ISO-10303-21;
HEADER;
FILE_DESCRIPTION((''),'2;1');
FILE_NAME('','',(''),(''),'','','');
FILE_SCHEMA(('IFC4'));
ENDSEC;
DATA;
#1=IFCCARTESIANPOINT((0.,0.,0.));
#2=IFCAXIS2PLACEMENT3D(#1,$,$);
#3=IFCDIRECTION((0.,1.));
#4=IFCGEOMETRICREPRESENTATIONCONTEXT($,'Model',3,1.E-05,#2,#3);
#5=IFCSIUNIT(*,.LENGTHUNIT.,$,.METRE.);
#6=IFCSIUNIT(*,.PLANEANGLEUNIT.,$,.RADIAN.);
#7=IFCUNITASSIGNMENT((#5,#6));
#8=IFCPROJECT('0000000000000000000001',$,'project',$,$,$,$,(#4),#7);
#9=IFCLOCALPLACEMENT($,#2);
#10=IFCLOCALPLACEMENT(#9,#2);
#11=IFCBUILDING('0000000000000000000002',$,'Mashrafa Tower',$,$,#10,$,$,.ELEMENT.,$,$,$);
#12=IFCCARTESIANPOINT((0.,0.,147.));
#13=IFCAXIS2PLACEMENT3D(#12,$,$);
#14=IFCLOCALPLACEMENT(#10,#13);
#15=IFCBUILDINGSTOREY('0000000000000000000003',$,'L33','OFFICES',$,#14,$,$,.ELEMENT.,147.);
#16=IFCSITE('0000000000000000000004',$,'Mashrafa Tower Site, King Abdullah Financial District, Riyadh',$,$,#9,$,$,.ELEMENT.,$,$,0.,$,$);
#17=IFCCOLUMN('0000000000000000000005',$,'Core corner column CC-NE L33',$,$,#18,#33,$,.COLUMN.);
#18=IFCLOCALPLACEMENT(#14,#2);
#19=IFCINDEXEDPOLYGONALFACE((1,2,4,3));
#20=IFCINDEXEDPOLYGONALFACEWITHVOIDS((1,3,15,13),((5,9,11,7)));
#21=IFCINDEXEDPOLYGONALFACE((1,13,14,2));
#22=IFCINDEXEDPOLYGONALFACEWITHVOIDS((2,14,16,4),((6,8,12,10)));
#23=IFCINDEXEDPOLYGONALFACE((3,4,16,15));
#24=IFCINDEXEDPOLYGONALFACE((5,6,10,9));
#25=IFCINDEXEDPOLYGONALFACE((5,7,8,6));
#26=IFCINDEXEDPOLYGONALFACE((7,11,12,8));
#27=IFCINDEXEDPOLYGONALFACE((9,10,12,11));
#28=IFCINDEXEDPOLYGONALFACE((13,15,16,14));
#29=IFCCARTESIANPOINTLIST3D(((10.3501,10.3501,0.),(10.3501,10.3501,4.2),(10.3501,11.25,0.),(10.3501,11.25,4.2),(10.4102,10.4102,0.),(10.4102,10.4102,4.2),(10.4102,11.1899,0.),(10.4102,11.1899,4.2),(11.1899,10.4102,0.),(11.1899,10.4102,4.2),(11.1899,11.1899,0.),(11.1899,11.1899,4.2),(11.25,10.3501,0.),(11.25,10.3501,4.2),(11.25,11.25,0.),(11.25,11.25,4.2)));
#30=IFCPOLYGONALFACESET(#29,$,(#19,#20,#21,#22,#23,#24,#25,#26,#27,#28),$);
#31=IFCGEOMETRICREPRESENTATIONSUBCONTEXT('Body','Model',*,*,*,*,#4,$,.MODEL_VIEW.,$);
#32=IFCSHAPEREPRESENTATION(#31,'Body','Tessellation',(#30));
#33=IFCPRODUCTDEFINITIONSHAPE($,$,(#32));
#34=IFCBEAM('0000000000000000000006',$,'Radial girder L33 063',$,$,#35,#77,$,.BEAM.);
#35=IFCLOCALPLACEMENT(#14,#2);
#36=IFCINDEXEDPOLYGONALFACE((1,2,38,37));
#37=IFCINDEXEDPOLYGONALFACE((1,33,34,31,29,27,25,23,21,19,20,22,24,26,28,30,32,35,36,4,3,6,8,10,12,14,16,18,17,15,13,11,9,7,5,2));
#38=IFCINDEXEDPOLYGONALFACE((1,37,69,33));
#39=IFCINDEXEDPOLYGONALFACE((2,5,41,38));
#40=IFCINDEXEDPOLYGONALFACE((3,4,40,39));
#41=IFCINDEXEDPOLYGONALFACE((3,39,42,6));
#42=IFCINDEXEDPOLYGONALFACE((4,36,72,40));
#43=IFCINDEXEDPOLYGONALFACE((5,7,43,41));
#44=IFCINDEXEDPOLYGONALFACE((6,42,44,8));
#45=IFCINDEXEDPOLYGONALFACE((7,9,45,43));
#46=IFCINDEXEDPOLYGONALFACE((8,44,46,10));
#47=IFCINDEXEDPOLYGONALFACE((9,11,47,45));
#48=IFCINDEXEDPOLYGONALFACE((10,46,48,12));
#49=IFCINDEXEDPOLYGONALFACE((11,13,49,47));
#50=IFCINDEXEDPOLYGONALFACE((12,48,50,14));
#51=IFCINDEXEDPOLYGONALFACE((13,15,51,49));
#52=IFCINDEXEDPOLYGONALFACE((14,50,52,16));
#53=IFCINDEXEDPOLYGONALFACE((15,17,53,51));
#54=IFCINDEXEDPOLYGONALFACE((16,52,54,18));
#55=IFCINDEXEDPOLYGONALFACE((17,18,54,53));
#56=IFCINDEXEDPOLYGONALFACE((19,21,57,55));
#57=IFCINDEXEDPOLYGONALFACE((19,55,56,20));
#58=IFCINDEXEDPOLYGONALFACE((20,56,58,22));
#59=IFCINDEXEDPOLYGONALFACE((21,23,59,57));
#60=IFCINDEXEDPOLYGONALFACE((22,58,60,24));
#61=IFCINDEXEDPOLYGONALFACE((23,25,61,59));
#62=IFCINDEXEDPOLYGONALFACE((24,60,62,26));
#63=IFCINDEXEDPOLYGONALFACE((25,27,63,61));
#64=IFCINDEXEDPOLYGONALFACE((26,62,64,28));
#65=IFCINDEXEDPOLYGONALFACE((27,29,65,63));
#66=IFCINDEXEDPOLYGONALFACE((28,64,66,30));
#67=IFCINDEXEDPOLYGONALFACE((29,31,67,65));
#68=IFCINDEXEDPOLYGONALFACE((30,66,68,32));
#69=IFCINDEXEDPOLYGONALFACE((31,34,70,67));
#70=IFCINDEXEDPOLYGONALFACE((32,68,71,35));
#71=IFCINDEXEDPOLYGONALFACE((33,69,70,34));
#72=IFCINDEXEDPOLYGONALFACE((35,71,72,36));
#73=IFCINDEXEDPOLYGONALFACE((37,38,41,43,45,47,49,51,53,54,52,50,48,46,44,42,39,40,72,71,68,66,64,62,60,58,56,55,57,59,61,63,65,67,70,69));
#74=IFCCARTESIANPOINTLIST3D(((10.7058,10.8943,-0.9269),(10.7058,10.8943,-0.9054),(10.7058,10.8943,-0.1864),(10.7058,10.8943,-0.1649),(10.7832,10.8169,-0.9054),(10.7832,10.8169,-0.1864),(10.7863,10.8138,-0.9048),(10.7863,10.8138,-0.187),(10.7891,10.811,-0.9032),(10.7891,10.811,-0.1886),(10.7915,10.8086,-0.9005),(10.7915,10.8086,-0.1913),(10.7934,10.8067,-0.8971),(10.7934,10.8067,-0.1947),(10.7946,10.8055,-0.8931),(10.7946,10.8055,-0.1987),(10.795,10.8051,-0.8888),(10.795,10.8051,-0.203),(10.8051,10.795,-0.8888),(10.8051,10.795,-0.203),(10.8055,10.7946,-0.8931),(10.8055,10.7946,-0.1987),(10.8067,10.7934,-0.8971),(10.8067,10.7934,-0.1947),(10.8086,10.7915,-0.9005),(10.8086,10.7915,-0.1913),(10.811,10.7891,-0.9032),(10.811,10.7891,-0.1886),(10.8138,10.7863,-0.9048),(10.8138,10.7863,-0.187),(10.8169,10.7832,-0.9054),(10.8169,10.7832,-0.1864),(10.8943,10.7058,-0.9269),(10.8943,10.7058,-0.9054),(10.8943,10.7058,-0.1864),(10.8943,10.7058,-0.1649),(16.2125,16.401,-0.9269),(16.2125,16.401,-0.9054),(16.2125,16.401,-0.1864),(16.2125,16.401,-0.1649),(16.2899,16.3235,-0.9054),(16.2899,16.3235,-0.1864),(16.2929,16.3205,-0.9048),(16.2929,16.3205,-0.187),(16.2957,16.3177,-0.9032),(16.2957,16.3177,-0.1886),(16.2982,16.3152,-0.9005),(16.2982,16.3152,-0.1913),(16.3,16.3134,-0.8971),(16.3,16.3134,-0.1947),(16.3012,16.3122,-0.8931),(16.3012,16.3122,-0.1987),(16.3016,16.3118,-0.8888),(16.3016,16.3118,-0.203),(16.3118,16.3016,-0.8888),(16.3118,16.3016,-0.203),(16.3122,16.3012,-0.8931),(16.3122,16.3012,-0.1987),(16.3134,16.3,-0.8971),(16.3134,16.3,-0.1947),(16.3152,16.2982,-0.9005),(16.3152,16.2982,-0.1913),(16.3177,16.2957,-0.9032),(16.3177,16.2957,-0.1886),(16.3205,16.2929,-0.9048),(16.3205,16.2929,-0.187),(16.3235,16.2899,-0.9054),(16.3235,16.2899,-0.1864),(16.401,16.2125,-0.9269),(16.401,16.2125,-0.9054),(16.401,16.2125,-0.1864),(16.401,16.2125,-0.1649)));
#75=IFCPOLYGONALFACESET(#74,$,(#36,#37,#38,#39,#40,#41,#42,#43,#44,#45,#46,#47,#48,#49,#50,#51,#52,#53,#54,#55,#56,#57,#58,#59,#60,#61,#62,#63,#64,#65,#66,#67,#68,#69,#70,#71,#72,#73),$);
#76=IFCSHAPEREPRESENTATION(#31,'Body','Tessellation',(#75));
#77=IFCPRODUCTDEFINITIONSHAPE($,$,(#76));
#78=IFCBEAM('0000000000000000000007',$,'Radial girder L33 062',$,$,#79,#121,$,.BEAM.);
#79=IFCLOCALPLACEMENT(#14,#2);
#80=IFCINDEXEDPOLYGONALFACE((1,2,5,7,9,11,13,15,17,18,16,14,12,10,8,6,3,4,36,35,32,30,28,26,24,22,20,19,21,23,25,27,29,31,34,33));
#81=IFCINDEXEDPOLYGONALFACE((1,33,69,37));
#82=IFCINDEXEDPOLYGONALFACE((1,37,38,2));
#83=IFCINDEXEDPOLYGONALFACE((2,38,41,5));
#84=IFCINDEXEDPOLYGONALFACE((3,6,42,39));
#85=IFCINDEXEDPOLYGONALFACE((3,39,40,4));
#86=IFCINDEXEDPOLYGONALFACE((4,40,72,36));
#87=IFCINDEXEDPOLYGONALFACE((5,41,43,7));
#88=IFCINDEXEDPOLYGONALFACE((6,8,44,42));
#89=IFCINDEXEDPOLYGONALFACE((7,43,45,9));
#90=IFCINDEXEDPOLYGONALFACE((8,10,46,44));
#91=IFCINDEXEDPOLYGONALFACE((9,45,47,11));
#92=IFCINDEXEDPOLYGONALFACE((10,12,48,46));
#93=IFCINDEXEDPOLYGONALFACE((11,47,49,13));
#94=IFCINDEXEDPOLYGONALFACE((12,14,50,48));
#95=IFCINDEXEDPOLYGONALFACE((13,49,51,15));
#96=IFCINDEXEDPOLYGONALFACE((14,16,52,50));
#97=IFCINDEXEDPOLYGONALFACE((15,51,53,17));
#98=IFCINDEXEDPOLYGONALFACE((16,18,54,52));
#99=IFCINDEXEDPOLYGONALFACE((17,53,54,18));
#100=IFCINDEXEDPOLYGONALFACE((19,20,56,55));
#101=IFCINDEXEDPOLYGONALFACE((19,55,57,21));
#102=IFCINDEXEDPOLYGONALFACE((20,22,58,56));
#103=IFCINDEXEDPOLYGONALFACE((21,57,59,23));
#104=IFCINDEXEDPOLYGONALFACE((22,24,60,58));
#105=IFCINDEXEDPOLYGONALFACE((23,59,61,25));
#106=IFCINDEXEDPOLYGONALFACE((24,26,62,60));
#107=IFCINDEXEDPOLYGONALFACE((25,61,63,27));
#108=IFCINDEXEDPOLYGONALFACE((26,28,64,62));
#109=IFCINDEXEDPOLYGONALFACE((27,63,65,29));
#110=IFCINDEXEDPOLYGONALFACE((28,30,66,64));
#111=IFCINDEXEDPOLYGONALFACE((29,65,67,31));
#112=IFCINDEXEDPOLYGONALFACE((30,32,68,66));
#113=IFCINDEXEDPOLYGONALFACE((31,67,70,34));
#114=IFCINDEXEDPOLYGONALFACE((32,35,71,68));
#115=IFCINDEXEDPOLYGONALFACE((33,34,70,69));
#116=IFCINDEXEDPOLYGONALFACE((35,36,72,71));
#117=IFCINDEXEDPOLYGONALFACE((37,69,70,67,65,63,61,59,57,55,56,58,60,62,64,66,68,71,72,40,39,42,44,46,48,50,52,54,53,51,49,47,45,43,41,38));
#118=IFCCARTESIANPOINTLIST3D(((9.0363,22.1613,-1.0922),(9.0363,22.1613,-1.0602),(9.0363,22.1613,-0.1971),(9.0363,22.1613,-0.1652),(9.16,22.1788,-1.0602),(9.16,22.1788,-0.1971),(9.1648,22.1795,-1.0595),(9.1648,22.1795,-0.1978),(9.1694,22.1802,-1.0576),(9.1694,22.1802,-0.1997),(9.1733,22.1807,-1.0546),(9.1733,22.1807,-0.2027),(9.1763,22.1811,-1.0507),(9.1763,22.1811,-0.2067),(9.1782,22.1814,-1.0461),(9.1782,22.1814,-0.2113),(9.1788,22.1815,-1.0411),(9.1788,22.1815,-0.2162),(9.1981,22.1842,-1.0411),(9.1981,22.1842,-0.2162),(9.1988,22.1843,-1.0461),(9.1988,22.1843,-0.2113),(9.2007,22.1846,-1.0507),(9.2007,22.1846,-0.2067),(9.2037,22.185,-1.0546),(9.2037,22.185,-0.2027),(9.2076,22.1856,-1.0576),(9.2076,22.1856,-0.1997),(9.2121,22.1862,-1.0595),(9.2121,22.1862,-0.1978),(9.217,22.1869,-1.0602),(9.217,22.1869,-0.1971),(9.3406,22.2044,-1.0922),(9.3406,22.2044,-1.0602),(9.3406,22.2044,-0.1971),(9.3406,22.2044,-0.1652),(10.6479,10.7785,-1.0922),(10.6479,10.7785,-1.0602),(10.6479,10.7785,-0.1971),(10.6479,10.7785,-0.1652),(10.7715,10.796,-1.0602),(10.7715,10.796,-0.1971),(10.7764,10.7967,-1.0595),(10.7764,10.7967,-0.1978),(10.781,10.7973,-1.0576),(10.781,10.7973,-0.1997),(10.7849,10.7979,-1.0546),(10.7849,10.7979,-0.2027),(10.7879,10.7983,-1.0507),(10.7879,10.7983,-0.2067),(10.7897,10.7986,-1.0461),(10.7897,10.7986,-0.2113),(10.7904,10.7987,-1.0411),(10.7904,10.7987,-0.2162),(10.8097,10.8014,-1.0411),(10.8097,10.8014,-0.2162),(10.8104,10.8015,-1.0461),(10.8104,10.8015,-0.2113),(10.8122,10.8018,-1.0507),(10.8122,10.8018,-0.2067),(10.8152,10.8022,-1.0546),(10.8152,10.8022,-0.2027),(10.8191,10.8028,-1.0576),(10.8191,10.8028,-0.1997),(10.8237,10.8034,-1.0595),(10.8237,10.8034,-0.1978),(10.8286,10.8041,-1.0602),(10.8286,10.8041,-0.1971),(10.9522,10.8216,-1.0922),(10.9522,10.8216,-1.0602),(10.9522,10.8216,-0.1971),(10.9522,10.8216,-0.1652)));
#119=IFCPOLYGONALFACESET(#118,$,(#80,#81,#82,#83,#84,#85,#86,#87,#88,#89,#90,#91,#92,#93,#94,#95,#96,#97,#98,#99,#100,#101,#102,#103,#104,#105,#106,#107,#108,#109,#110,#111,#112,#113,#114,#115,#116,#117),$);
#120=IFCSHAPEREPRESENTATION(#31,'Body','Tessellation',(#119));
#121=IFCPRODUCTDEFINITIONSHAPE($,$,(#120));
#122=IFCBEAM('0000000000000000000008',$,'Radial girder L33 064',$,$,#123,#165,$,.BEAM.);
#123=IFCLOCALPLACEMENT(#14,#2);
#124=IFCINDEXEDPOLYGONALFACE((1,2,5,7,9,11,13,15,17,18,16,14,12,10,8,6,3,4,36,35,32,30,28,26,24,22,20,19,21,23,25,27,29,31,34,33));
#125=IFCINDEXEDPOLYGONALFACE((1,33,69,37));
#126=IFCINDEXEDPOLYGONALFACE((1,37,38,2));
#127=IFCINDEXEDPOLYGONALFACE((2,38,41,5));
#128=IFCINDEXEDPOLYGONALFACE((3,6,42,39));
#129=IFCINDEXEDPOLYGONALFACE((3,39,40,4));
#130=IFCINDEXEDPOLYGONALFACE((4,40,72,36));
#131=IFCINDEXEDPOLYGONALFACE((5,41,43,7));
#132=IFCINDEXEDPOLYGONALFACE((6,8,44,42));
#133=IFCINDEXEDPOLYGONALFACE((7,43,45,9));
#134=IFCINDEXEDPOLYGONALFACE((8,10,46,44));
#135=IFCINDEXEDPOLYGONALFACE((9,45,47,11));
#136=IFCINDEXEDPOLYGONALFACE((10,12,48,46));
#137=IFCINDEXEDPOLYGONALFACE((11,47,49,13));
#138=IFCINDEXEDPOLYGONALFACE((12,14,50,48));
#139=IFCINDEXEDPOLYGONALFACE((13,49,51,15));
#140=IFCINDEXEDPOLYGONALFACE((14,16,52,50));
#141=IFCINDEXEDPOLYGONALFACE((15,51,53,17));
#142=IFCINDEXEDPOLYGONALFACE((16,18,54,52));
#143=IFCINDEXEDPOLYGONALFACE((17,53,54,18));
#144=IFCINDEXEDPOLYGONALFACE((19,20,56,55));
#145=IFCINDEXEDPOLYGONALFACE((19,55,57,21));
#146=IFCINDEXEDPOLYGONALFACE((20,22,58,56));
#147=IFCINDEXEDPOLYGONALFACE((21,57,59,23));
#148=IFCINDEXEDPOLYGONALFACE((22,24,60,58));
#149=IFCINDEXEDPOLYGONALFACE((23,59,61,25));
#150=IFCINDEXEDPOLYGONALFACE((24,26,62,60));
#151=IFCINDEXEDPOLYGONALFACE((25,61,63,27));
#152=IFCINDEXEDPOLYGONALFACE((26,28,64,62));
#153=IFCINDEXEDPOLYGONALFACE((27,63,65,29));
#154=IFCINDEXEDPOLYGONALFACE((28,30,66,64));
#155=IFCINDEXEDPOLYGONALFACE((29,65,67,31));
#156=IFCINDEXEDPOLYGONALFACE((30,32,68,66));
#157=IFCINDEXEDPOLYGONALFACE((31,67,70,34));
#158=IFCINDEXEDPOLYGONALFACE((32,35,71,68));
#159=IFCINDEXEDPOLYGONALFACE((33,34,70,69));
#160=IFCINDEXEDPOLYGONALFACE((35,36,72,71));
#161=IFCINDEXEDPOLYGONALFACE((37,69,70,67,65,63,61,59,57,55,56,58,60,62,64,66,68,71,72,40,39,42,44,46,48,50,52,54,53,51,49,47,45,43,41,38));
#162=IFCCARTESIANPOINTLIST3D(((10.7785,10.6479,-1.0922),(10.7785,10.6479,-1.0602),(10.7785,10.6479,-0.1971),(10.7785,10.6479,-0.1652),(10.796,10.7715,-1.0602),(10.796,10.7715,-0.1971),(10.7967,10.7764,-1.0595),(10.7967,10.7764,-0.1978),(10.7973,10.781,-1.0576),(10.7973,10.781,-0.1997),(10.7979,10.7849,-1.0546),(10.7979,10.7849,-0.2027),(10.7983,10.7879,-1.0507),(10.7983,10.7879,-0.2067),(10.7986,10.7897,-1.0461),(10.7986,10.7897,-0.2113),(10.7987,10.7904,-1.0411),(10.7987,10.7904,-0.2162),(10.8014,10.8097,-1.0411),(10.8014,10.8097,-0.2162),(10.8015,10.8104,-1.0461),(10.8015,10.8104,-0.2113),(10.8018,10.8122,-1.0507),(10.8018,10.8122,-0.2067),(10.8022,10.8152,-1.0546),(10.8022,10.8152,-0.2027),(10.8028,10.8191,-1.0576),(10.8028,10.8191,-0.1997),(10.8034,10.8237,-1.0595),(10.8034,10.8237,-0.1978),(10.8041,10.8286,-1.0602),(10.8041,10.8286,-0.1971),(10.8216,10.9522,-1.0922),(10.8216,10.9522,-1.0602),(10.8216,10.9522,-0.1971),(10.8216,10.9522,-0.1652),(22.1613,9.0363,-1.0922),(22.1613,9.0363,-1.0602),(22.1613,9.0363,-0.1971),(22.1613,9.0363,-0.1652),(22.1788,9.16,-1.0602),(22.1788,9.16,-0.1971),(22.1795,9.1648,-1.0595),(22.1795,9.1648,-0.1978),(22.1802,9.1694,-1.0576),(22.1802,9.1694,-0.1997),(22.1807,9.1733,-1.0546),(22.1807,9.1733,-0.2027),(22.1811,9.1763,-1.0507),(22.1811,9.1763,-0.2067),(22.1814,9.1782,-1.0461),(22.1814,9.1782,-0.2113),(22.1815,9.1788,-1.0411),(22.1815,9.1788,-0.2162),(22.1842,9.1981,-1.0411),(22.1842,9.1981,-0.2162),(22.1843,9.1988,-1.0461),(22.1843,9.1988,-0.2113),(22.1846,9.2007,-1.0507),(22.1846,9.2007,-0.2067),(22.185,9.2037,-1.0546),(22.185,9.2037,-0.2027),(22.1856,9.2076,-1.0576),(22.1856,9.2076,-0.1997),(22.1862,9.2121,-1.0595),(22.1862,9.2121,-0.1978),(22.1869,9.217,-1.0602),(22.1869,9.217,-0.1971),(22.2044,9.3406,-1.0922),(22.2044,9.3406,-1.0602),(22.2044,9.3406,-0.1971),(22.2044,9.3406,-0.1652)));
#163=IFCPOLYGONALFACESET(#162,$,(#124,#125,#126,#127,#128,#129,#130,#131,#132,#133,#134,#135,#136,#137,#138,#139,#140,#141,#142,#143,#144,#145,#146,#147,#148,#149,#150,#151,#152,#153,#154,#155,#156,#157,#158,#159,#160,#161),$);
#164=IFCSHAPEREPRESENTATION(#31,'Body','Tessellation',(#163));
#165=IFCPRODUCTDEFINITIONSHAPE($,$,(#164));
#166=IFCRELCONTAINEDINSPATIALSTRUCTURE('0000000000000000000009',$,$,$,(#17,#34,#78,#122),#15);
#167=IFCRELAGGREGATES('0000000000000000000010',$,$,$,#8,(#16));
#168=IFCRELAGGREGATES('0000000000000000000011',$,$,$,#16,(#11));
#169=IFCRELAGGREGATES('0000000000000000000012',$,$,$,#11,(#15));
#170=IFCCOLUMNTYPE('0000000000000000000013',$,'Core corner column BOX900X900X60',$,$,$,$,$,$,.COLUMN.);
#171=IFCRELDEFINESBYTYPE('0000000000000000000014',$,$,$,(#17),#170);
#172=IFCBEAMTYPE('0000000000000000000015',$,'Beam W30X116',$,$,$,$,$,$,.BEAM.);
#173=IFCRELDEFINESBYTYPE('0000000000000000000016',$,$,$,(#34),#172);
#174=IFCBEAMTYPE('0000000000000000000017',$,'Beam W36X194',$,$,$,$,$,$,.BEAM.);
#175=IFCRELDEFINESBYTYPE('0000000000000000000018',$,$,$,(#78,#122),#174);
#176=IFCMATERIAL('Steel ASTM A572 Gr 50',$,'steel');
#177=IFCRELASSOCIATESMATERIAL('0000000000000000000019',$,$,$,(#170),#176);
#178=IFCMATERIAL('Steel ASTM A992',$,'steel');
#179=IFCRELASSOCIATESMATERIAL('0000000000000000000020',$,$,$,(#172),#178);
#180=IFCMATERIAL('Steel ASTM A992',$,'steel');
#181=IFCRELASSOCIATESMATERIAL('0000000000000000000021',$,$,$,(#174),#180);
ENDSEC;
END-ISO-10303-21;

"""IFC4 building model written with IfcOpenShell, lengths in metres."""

from ifc_helpers import new_model, si_unit, direction, frame, origin, origin_2d, place, context, subcontext, project, spatial, hollow_rectangle, i_section, extrude, material, material_profile, profile_set, type_object, element, save


model = new_model("IFC4")

# Units and contexts
model_context = context("Model", 3, precision=1e-05, world=origin(), true_north=direction((0.0, 1.0)))
body_context = subcontext(model_context, "Body", "Model", "MODEL_VIEW")
ifc_project = project(units=[si_unit("LENGTHUNIT", "METRE"), si_unit("PLANEANGLEUNIT", "RADIAN")], contexts=[model_context])

# Site, building, storey
site_placement = place(None, origin())
site = spatial("IfcSite", under=ifc_project, at=site_placement, Name="Mashrafa Tower Site, King Abdullah Financial District, Riyadh", CompositionType="ELEMENT", RefElevation=0.0)
building_placement = place(site_placement, origin())
building = spatial("IfcBuilding", under=site, at=building_placement, Name="Mashrafa Tower", CompositionType="ELEMENT")
storey_placement = place(building_placement, frame((0.0, 0.0, 147.0)))
storey = spatial("IfcBuildingStorey", under=building, at=storey_placement, Name="L33", Description="OFFICES", CompositionType="ELEMENT", Elevation=147.0)

# Column
ifc_material_1 = material(Name="Steel ASTM A572 Gr 50", Category="steel")
ifc_material_profile_1 = material_profile(ifc_material_1, hollow_rectangle(XDim=0.8999, YDim=0.8999, WallThickness=0.0601, at=origin_2d()), Name="BOX900X900X60")
ifc_profile_set_1 = profile_set([ifc_material_profile_1], Name="Steel ASTM A572 Gr 50")
column_type = type_object("IfcColumnType", Name="Core corner column BOX900X900X60", PredefinedType="COLUMN", material=ifc_profile_set_1)
column_placement = place(storey_placement, frame((10.8, 10.8, 0.0), z_axis=(0.0, 0.0, 1.0), x_axis=(1.0, 0.0, 0.0)))
element("IfcColumn", 1, at=column_placement, inside=storey, type_object=column_type, Name="Core corner column CC-NE L33", PredefinedType="COLUMN", context=body_context, shape_type="SweptSolid", body=[
    extrude(hollow_rectangle(XDim=0.8999, YDim=0.8999, WallThickness=0.0601, at=origin_2d()), origin(), (0.0, 0.0, 1.0), 4.2),
])

# Beams
ifc_material_2 = material(Name="Steel ASTM A992", Category="steel")
ifc_material_profile_2 = material_profile(ifc_material_2, i_section(OverallWidth=0.2666, OverallDepth=0.762, WebThickness=0.0144, FlangeThickness=0.0215, FilletRadius=0.0166, at=origin_2d()), Name="W30X116")
ifc_profile_set_2 = profile_set([ifc_material_profile_2], Name="Steel ASTM A992")
beam_type_1 = type_object("IfcBeamType", Name="Beam W30X116", PredefinedType="BEAM", material=ifc_profile_set_2)
beam_1_placement = place(storey_placement, frame((10.8, 10.8, -0.5459), z_axis=(0.707107, 0.707107, 0.0), x_axis=(-0.707107, 0.707107, 0.0)))
element("IfcBeam", 2, at=beam_1_placement, inside=storey, type_object=beam_type_1, Name="Radial girder L33 063", PredefinedType="BEAM", context=body_context, shape_type="SweptSolid", body=[
    extrude(i_section(OverallWidth=0.2666, OverallDepth=0.762, WebThickness=0.0144, FlangeThickness=0.0215, FilletRadius=0.0166, at=origin_2d()), origin(), (0.0, 0.0, 1.0), 7.7876),
])
ifc_material_3 = material(Name="Steel ASTM A992", Category="steel")
ifc_material_profile_3 = material_profile(ifc_material_3, i_section(OverallWidth=0.3074, OverallDepth=0.927, WebThickness=0.0195, FlangeThickness=0.032, FilletRadius=0.019, at=origin_2d()), Name="W36X194")
ifc_profile_set_3 = profile_set([ifc_material_profile_3], Name="Steel ASTM A992")
beam_type_2 = type_object("IfcBeamType", Name="Beam W36X194", PredefinedType="BEAM", material=ifc_profile_set_3)
for number, where, z_axis, x_axis, name in (
    (3, (10.8, 10.8, -0.6287), (-0.140181, 0.990126, 0.0), (-0.990126, -0.140181, 0.0), "Radial girder L33 062"),
    (4, (10.8, 10.8, -0.6287), (0.990126, -0.140181, 0.0), (0.140181, 0.990126, 0.0), "Radial girder L33 064"),
):
    element("IfcBeam", number, at=place(storey_placement, frame(where, z_axis=z_axis, x_axis=x_axis)), inside=storey, type_object=beam_type_2, Name=name, PredefinedType="BEAM", context=body_context, shape_type="SweptSolid", body=[
        extrude(i_section(OverallWidth=0.3074, OverallDepth=0.927, WebThickness=0.0195, FlangeThickness=0.032, FilletRadius=0.019, at=origin_2d()), origin(), (0.0, 0.0, 1.0), 11.4963),
    ])

save(model, "model.ifc")
